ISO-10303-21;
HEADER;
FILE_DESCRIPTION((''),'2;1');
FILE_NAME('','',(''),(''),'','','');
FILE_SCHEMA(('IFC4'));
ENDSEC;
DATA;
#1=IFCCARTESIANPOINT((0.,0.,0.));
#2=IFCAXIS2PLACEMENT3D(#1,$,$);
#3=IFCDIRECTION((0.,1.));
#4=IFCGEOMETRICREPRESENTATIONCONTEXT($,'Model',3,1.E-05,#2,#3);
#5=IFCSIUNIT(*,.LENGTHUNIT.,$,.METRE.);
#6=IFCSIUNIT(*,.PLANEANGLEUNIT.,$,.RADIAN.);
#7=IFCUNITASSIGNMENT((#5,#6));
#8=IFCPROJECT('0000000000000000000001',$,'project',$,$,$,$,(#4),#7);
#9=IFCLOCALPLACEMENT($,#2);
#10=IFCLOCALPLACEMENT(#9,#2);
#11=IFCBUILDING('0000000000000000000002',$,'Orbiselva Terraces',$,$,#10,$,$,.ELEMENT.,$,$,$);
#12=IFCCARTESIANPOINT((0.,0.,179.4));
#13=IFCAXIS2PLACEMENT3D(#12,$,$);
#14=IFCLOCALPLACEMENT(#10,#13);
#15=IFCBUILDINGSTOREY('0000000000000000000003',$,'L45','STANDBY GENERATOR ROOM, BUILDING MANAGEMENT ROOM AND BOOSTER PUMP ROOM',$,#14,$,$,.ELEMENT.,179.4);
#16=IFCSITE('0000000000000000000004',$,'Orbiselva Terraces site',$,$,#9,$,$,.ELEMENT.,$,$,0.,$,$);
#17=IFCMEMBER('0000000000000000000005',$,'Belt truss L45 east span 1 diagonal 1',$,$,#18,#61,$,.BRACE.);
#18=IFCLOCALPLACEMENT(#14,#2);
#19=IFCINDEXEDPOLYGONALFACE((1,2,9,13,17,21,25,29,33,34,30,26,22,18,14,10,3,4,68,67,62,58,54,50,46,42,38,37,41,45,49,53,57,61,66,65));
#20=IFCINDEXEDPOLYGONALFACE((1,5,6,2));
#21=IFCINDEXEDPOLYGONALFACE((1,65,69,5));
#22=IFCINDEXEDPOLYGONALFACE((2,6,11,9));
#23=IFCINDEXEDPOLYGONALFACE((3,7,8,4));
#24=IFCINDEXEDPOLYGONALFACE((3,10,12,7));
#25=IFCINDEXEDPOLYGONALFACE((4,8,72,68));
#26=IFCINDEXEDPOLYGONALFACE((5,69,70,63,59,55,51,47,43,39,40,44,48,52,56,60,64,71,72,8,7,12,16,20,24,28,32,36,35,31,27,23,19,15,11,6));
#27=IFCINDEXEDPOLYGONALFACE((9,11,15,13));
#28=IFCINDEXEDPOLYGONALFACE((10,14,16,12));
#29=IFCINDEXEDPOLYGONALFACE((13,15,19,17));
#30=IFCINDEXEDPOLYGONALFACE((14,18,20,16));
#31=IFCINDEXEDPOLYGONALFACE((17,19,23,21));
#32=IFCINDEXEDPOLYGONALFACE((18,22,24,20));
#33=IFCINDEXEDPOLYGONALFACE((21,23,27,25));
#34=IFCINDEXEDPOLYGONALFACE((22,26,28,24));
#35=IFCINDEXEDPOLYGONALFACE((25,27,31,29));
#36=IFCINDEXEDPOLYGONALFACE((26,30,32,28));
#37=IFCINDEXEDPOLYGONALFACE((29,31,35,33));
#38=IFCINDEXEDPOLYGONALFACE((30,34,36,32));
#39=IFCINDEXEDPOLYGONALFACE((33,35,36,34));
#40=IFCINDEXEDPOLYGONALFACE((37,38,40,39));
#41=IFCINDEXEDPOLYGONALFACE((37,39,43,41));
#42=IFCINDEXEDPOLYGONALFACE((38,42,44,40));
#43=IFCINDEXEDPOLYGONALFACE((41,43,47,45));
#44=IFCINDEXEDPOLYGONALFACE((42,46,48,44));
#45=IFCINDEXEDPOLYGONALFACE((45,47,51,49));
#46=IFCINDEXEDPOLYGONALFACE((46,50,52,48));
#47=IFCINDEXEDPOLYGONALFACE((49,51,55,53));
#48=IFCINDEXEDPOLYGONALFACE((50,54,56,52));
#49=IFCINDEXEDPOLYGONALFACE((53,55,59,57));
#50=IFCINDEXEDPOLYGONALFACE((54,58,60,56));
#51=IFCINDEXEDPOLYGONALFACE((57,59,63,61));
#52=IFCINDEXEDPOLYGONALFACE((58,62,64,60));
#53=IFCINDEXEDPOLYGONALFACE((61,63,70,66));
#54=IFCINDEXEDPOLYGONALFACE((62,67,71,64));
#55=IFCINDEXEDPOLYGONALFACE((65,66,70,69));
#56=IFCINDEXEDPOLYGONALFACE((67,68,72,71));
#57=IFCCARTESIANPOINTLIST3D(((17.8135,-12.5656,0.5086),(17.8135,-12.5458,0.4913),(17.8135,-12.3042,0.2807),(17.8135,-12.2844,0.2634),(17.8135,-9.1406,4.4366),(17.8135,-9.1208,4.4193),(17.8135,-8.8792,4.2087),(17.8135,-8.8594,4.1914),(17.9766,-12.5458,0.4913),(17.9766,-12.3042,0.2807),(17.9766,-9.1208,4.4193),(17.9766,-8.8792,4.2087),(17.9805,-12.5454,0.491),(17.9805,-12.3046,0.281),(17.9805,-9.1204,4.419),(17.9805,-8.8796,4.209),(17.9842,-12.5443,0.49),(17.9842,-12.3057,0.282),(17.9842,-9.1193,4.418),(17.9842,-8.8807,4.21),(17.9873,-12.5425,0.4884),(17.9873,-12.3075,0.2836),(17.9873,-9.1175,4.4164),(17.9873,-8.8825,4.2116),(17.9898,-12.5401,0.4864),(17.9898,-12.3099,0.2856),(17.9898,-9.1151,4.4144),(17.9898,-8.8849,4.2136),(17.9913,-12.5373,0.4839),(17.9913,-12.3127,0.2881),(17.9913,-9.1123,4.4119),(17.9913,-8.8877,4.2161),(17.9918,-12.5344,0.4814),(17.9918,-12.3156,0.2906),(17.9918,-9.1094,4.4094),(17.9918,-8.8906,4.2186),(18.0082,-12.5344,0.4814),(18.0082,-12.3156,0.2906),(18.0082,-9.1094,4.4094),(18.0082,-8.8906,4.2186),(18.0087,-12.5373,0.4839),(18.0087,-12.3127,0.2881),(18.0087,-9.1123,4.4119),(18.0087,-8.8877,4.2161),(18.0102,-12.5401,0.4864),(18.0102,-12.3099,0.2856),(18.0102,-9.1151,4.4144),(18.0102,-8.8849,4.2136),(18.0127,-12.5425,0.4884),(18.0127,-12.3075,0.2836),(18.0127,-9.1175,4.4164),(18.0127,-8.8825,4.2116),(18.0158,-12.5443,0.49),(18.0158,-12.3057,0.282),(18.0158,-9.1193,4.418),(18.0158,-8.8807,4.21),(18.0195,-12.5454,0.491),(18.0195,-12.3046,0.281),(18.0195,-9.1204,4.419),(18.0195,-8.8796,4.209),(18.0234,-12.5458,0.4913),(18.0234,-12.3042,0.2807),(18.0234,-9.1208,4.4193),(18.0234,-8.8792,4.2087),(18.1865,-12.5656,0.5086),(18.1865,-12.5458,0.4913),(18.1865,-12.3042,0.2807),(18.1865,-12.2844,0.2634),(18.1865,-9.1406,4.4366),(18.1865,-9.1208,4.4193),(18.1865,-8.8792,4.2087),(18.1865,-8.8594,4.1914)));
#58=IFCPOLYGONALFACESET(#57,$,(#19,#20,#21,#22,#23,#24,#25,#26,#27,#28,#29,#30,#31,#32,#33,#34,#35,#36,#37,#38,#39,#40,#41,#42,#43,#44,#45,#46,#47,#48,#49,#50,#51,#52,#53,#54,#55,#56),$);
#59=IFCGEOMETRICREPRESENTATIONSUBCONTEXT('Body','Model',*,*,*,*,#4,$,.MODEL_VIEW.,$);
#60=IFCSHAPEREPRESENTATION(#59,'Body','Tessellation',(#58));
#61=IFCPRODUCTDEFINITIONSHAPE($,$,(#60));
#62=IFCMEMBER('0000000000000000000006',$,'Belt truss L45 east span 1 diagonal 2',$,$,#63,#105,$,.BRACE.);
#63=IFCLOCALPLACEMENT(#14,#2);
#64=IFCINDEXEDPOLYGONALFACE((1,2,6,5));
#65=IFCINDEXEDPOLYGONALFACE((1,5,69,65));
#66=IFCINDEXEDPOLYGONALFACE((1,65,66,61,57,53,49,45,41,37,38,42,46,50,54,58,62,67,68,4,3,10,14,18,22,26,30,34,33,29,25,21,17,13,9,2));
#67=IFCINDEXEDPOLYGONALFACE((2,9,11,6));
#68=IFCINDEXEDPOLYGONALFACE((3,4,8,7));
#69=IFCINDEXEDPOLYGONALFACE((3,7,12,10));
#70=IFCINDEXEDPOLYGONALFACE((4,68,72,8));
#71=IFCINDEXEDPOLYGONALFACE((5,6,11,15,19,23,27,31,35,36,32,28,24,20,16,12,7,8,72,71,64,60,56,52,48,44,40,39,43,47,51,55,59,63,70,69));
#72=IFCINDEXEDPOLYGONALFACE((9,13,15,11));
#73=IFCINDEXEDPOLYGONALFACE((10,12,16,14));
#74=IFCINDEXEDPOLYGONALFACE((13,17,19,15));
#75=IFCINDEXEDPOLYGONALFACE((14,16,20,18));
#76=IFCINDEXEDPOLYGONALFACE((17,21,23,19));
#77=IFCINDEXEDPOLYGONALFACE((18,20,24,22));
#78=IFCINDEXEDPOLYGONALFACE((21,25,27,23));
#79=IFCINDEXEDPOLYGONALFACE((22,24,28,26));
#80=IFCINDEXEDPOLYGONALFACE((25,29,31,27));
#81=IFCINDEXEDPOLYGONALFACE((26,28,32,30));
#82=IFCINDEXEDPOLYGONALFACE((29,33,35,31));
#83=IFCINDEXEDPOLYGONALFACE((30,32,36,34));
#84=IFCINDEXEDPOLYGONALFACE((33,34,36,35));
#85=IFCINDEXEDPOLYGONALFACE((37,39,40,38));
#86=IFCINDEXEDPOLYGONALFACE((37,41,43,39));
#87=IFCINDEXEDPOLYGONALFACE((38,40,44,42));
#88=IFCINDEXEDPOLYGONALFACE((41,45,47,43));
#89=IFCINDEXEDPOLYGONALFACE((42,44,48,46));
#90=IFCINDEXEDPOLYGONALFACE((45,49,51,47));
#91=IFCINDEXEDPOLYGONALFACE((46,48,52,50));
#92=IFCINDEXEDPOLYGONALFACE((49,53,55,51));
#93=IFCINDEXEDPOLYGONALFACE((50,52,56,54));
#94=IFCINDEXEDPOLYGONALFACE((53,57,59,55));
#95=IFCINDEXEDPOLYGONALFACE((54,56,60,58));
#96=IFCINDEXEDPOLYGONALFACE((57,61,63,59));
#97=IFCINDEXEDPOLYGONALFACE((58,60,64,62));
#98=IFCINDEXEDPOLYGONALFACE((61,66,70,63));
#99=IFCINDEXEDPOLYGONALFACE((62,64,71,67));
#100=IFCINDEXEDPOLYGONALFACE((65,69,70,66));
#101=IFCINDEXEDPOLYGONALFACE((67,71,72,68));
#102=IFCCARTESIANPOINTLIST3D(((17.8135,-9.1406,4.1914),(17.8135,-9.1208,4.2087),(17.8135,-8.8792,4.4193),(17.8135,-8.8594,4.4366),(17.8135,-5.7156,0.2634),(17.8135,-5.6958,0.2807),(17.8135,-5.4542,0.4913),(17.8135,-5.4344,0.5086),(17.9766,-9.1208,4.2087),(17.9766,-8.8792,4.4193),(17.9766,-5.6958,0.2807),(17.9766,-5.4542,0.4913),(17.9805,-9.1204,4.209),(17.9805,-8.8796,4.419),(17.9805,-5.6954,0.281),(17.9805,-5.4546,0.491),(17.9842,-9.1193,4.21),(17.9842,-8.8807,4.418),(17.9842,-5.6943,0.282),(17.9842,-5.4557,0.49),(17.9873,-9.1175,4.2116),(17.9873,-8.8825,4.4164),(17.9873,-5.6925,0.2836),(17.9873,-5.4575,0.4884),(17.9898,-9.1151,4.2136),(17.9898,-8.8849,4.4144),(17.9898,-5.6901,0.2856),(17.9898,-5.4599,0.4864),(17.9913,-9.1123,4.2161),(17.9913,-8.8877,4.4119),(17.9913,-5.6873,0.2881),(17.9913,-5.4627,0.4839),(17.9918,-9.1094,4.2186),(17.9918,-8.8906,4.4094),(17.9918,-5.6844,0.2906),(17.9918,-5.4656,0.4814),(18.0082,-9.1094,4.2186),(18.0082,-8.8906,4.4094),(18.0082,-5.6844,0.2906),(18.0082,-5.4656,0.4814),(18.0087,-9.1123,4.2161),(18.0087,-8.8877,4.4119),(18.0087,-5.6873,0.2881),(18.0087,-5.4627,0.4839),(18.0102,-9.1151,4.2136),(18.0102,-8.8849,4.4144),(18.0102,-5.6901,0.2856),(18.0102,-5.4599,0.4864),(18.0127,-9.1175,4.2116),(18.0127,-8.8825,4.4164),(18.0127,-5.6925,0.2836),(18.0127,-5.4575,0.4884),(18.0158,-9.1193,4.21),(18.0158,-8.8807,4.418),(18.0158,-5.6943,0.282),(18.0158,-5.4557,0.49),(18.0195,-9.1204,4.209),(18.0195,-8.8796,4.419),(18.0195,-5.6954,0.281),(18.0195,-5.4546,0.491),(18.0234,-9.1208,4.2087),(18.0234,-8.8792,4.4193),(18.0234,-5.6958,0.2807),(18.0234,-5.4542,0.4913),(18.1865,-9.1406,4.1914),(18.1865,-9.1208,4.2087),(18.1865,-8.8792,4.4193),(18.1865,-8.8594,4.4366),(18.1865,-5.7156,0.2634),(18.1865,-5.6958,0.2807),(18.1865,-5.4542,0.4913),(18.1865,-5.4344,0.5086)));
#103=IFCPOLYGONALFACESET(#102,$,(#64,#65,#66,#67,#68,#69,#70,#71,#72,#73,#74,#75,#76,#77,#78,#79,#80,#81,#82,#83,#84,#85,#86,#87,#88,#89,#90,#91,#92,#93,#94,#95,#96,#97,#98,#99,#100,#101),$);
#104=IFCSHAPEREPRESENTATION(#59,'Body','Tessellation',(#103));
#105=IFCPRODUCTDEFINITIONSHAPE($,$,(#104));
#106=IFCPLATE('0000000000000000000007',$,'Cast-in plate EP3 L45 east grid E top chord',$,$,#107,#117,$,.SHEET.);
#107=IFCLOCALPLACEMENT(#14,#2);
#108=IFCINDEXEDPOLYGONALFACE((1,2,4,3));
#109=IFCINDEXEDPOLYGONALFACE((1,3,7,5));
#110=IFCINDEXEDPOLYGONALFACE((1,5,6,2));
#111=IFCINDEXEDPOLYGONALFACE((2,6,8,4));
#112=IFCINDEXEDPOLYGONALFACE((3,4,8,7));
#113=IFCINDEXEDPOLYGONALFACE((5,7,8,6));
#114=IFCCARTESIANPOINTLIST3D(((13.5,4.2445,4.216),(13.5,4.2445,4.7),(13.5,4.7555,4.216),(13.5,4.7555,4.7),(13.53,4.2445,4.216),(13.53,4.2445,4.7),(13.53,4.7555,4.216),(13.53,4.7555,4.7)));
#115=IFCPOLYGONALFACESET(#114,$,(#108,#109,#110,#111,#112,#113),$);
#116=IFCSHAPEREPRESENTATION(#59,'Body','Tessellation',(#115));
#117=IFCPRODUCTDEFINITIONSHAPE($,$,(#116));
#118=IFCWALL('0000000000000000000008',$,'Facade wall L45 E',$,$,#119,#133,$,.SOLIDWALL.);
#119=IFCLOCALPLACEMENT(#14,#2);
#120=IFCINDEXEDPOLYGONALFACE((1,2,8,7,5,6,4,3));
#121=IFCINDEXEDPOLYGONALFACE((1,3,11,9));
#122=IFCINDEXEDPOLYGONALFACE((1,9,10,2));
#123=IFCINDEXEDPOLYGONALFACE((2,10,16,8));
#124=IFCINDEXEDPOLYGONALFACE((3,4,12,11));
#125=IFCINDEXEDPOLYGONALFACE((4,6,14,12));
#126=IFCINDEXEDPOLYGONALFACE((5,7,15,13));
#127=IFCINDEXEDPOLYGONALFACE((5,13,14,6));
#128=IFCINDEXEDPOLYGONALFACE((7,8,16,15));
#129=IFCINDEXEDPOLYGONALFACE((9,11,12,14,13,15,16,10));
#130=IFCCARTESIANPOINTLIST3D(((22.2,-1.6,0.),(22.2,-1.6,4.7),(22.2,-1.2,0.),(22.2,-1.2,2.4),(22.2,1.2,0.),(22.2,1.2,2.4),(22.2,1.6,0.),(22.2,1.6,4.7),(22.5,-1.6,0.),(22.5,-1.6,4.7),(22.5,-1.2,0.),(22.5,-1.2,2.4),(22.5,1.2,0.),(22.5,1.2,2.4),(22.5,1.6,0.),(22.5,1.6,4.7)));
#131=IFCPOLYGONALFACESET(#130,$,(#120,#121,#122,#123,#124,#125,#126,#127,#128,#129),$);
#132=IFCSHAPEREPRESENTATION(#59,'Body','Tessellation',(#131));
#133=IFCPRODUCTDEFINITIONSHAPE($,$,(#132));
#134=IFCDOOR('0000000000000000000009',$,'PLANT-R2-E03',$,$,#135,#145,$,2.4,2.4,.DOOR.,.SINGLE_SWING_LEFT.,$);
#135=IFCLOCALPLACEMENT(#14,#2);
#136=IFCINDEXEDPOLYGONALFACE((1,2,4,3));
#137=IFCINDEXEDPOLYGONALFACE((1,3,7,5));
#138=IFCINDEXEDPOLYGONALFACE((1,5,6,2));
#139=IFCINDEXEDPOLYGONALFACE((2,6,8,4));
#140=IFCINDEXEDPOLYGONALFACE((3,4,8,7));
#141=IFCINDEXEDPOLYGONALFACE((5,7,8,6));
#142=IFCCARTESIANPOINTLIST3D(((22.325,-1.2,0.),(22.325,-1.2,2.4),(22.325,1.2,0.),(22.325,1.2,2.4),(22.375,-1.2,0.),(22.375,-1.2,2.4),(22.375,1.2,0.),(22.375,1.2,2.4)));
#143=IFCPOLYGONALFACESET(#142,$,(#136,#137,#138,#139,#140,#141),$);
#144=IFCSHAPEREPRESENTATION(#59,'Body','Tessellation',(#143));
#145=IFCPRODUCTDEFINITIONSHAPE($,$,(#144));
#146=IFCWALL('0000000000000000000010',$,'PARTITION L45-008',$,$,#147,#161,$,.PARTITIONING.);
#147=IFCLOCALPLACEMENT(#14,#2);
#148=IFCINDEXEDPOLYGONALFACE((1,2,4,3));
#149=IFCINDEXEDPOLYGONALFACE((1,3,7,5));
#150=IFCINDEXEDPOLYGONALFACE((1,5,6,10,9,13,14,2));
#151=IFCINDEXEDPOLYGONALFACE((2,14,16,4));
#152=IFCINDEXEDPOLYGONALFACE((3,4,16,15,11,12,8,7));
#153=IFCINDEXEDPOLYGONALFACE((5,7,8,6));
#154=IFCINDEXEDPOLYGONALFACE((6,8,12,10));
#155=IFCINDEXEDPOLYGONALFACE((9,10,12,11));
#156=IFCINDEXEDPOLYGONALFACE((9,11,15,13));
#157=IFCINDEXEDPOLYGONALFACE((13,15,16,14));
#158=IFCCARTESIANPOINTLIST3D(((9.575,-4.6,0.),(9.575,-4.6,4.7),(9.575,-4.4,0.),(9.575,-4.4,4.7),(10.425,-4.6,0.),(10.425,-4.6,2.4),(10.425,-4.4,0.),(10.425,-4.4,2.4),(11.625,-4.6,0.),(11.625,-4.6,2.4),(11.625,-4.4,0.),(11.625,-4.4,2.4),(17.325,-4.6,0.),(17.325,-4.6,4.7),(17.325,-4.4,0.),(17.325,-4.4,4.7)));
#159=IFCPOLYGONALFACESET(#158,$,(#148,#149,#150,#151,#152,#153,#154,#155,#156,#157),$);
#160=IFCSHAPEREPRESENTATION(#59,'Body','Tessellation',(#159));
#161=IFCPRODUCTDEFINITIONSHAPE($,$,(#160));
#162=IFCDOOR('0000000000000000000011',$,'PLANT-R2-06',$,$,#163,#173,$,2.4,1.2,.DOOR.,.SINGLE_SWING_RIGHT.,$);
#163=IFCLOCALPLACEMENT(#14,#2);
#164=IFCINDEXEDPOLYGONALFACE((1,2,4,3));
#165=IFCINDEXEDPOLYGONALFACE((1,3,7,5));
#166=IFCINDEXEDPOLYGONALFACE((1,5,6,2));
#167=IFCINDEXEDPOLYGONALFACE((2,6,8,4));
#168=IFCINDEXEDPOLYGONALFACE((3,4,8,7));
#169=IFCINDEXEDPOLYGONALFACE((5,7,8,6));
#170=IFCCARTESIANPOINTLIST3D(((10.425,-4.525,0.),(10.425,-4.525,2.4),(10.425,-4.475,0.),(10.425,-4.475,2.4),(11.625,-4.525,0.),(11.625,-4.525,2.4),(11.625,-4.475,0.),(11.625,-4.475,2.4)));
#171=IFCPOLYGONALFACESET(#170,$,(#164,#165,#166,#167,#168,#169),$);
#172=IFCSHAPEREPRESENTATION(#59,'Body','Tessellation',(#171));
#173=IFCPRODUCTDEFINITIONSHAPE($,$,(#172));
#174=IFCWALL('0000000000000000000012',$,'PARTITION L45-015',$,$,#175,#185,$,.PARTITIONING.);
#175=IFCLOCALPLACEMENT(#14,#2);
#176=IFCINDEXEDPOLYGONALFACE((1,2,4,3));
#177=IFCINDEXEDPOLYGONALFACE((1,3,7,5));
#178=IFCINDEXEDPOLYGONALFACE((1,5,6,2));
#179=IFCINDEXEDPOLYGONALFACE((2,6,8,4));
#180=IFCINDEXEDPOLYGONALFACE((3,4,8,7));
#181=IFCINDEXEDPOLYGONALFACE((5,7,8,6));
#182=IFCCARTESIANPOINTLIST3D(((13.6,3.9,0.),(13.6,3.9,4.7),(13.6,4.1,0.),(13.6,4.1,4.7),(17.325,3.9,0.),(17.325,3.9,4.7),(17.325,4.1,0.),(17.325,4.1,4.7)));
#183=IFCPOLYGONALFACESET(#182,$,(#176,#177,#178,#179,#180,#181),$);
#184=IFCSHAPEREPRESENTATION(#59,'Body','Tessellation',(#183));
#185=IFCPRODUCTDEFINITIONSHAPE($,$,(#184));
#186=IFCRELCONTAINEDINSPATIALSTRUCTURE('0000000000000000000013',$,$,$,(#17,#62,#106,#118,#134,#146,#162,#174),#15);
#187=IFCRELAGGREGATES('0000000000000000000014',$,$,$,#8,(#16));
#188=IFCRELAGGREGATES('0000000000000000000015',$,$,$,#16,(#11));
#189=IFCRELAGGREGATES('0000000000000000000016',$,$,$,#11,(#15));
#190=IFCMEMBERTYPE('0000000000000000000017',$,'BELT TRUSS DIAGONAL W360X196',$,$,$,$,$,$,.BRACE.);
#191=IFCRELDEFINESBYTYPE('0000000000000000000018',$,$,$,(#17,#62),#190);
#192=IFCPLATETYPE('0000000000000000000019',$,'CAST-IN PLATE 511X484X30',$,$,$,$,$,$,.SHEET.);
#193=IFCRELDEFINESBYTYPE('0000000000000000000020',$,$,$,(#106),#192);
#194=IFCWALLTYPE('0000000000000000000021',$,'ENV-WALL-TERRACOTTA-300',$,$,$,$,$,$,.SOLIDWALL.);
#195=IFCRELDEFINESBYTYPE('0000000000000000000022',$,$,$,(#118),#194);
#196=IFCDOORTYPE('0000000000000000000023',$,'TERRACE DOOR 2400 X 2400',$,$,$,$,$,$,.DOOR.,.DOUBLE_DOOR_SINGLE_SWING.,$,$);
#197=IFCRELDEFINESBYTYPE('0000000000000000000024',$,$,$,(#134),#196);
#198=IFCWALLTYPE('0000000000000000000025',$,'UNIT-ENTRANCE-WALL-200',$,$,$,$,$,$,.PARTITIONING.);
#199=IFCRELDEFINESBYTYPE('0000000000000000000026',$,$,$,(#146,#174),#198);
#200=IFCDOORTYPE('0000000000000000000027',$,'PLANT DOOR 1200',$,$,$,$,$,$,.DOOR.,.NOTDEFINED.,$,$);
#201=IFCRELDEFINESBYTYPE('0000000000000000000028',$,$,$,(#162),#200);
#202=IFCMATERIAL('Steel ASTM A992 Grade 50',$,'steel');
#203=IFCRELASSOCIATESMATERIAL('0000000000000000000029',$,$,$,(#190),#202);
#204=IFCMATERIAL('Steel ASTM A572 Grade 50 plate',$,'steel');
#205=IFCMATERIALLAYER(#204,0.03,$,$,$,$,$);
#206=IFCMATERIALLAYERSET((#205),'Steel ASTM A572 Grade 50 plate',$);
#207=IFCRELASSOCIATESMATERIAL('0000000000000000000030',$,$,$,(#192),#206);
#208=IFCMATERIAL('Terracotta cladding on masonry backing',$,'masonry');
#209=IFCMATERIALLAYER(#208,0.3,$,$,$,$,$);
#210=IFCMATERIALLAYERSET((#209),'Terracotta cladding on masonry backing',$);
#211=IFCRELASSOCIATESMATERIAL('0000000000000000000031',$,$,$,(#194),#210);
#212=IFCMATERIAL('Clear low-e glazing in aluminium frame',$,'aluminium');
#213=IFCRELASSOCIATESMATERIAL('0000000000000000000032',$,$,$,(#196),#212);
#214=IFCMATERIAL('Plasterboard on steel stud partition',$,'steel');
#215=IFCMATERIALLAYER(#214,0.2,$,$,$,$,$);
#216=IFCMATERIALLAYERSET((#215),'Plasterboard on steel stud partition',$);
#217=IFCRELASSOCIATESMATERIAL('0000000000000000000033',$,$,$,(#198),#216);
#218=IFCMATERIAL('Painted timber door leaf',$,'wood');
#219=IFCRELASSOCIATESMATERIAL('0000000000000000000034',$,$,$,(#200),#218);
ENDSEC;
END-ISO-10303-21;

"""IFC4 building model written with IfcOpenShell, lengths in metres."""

from ifc_helpers import new_model, si_unit, direction, frame, frame_2d, origin, origin_2d, place, context, subcontext, project, spatial, rectangle, i_section, extrude, material, layer, layer_set, material_profile, profile_set, type_object, element, fill, save


model = new_model("IFC4")

# Units and contexts
model_context = context("Model", 3, precision=1e-05, world=origin(), true_north=direction((0.0, 1.0)))
body_context = subcontext(model_context, "Body", "Model", "MODEL_VIEW")
ifc_project = project(units=[si_unit("LENGTHUNIT", "METRE"), si_unit("PLANEANGLEUNIT", "RADIAN")], contexts=[model_context])

# Site, building, storey
site_placement = place(None, origin())
site = spatial("IfcSite", under=ifc_project, at=site_placement, Name="Orbiselva Terraces site", CompositionType="ELEMENT", RefElevation=0.0)
building_placement = place(site_placement, origin())
building = spatial("IfcBuilding", under=site, at=building_placement, Name="Orbiselva Terraces", CompositionType="ELEMENT")
storey_placement = place(building_placement, frame((0.0, 0.0, 179.4)))
storey = spatial("IfcBuildingStorey", under=building, at=storey_placement, Name="L45", Description="STANDBY GENERATOR ROOM, BUILDING MANAGEMENT ROOM AND BOOSTER PUMP ROOM", CompositionType="ELEMENT", Elevation=179.4)

# Members
ifc_material_1 = material(Name="Steel ASTM A992 Grade 50", Category="steel")
ifc_material_profile_1 = material_profile(ifc_material_1, i_section(OverallWidth=0.373, OverallDepth=0.373, WebThickness=0.0164, FlangeThickness=0.0262, FilletRadius=0.0152, at=origin_2d()), Name="W360X196")
ifc_profile_set_1 = profile_set([ifc_material_profile_1], Name="Steel ASTM A992 Grade 50")
member_type_1 = type_object("IfcMemberType", Name="BELT TRUSS DIAGONAL W360X196", PredefinedType="BRACE", material=ifc_profile_set_1)
for number, where, z_axis, x_axis, name in (
    (1, (18.0, -12.425, 0.386), (0.0, 0.657199, 0.753717), (-1.0, 0.0, 0.0), "Belt truss L45 east span 1 diagonal 1"),
    (2, (18.0, -9.0, 4.314), (0.0, 0.657199, -0.753717), (-1.0, 0.0, 0.0), "Belt truss L45 east span 1 diagonal 2"),
):
    element("IfcMember", number, at=place(storey_placement, frame(where, z_axis=z_axis, x_axis=x_axis)), inside=storey, type_object=member_type_1, Name=name, PredefinedType="BRACE", context=body_context, shape_type="SweptSolid", body=[
        extrude(i_section(OverallWidth=0.373, OverallDepth=0.373, WebThickness=0.0164, FlangeThickness=0.0262, FilletRadius=0.0152, at=origin_2d()), origin(), (0.0, 0.0, 1.0), 5.2115),
    ])

# Plate
ifc_material_2 = material(Name="Steel ASTM A572 Grade 50 plate", Category="steel")
ifc_layer_1 = layer(ifc_material_2, 0.03)
ifc_layer_set_1 = layer_set([ifc_layer_1], Name="Steel ASTM A572 Grade 50 plate")
plate_type = type_object("IfcPlateType", Name="CAST-IN PLATE 511X484X30", PredefinedType="SHEET", material=ifc_layer_set_1)
plate_placement = place(storey_placement, frame((13.515, 4.5, 4.216), z_axis=(0.0, 0.0, 1.0), x_axis=(1.0, 0.0, 0.0)))
element("IfcPlate", 3, at=plate_placement, inside=storey, type_object=plate_type, Name="Cast-in plate EP3 L45 east grid E top chord", PredefinedType="SHEET", context=body_context, shape_type="SweptSolid", body=[
    extrude(rectangle(XDim=0.03, YDim=0.511, at=origin_2d()), origin(), (0.0, 0.0, 1.0), 0.484),
])

# Walls, openings, doors
ifc_material_3 = material(Name="Terracotta cladding on masonry backing", Category="masonry")
ifc_layer_2 = layer(ifc_material_3, 0.3)
ifc_layer_set_2 = layer_set([ifc_layer_2], Name="Terracotta cladding on masonry backing")
wall_type_1 = type_object("IfcWallType", Name="ENV-WALL-TERRACOTTA-300", PredefinedType="SOLIDWALL", material=ifc_layer_set_2)
wall_1_placement = place(storey_placement, frame((22.35, 1.6, 0.0), z_axis=(0.0, 0.0, 1.0), x_axis=(0.0, -1.0, 0.0)))
wall_1 = element("IfcWall", 4, at=wall_1_placement, inside=storey, type_object=wall_type_1, Name="Facade wall L45 E", PredefinedType="SOLIDWALL", context=body_context, shape_type="SweptSolid", body=[
    extrude(rectangle(XDim=3.2, YDim=0.3, at=frame_2d((1.6, 0.0))), origin(), (0.0, 0.0, 1.0), 4.7),
])
opening_1_placement = place(wall_1_placement, frame((0.4, 0.0, 0.0)))
opening_1 = element("IfcOpeningElement", 5, at=opening_1_placement, cuts=wall_1, PredefinedType="OPENING", context=body_context, shape_type="SweptSolid", body=[
    extrude(rectangle(XDim=2.4, YDim=2.4, at=frame_2d((1.2, 1.2))), frame((0.0, 0.16, 0.0), z_axis=(0.0, -1.0, 0.0), x_axis=(1.0, 0.0, 0.0)), (0.0, 0.0, 1.0), 0.32),
])
ifc_material_4 = material(Name="Clear low-e glazing in aluminium frame", Category="aluminium")
door_type_1 = type_object("IfcDoorType", Name="TERRACE DOOR 2400 X 2400", OperationType="DOUBLE_DOOR_SINGLE_SWING", PredefinedType="DOOR", material=ifc_material_4)
door_1_placement = place(opening_1_placement, origin())
door_1 = element("IfcDoor", 6, at=door_1_placement, inside=storey, type_object=door_type_1, Name="PLANT-R2-E03", OperationType="SINGLE_SWING_LEFT", OverallHeight=2.4, OverallWidth=2.4, PredefinedType="DOOR", context=body_context, shape_type="SweptSolid", body=[
    extrude(rectangle(XDim=2.4, YDim=2.4, at=frame_2d((1.2, 1.2))), frame((0.0, 0.025, 0.0), z_axis=(0.0, -1.0, 0.0), x_axis=(1.0, 0.0, 0.0)), (0.0, 0.0, 1.0), 0.05),
])
fill(opening_1, door_1)
ifc_material_5 = material(Name="Plasterboard on steel stud partition", Category="steel")
ifc_layer_3 = layer(ifc_material_5, 0.2)
ifc_layer_set_3 = layer_set([ifc_layer_3], Name="Plasterboard on steel stud partition")
wall_type_2 = type_object("IfcWallType", Name="UNIT-ENTRANCE-WALL-200", PredefinedType="PARTITIONING", material=ifc_layer_set_3)
wall_2_placement = place(storey_placement, frame((17.325, -4.5, 0.0), z_axis=(0.0, 0.0, 1.0), x_axis=(-1.0, 0.0, 0.0)))
wall_2 = element("IfcWall", 7, at=wall_2_placement, inside=storey, type_object=wall_type_2, Name="PARTITION L45-008", PredefinedType="PARTITIONING", context=body_context, shape_type="SweptSolid", body=[
    extrude(rectangle(XDim=7.75, YDim=0.2, at=frame_2d((3.875, 0.0))), origin(), (0.0, 0.0, 1.0), 4.7),
])
opening_2_placement = place(wall_2_placement, frame((5.7, 0.0, 0.0)))
opening_2 = element("IfcOpeningElement", 8, at=opening_2_placement, cuts=wall_2, PredefinedType="OPENING", context=body_context, shape_type="SweptSolid", body=[
    extrude(rectangle(XDim=1.2, YDim=2.4, at=frame_2d((0.6, 1.2))), frame((0.0, 0.11, 0.0), z_axis=(0.0, -1.0, 0.0), x_axis=(1.0, 0.0, 0.0)), (0.0, 0.0, 1.0), 0.22),
])
ifc_material_6 = material(Name="Painted timber door leaf", Category="wood")
door_type_2 = type_object("IfcDoorType", Name="PLANT DOOR 1200", OperationType="NOTDEFINED", PredefinedType="DOOR", material=ifc_material_6)
door_2_placement = place(opening_2_placement, origin())
door_2 = element("IfcDoor", 9, at=door_2_placement, inside=storey, type_object=door_type_2, Name="PLANT-R2-06", OperationType="SINGLE_SWING_RIGHT", OverallHeight=2.4, OverallWidth=1.2, PredefinedType="DOOR", context=body_context, shape_type="SweptSolid", body=[
    extrude(rectangle(XDim=1.2, YDim=2.4, at=frame_2d((0.6, 1.2))), frame((0.0, 0.025, 0.0), z_axis=(0.0, -1.0, 0.0), x_axis=(1.0, 0.0, 0.0)), (0.0, 0.0, 1.0), 0.05),
])
fill(opening_2, door_2)

# Wall
wall_3_placement = place(storey_placement, frame((13.6, 4.0, 0.0), z_axis=(0.0, 0.0, 1.0), x_axis=(1.0, 0.0, 0.0)))
element("IfcWall", 10, at=wall_3_placement, inside=storey, type_object=wall_type_2, Name="PARTITION L45-015", PredefinedType="PARTITIONING", context=body_context, shape_type="SweptSolid", body=[
    extrude(rectangle(XDim=3.725, YDim=0.2, at=frame_2d((1.8625, 0.0))), origin(), (0.0, 0.0, 1.0), 4.7),
])

save(model, "model.ifc")
